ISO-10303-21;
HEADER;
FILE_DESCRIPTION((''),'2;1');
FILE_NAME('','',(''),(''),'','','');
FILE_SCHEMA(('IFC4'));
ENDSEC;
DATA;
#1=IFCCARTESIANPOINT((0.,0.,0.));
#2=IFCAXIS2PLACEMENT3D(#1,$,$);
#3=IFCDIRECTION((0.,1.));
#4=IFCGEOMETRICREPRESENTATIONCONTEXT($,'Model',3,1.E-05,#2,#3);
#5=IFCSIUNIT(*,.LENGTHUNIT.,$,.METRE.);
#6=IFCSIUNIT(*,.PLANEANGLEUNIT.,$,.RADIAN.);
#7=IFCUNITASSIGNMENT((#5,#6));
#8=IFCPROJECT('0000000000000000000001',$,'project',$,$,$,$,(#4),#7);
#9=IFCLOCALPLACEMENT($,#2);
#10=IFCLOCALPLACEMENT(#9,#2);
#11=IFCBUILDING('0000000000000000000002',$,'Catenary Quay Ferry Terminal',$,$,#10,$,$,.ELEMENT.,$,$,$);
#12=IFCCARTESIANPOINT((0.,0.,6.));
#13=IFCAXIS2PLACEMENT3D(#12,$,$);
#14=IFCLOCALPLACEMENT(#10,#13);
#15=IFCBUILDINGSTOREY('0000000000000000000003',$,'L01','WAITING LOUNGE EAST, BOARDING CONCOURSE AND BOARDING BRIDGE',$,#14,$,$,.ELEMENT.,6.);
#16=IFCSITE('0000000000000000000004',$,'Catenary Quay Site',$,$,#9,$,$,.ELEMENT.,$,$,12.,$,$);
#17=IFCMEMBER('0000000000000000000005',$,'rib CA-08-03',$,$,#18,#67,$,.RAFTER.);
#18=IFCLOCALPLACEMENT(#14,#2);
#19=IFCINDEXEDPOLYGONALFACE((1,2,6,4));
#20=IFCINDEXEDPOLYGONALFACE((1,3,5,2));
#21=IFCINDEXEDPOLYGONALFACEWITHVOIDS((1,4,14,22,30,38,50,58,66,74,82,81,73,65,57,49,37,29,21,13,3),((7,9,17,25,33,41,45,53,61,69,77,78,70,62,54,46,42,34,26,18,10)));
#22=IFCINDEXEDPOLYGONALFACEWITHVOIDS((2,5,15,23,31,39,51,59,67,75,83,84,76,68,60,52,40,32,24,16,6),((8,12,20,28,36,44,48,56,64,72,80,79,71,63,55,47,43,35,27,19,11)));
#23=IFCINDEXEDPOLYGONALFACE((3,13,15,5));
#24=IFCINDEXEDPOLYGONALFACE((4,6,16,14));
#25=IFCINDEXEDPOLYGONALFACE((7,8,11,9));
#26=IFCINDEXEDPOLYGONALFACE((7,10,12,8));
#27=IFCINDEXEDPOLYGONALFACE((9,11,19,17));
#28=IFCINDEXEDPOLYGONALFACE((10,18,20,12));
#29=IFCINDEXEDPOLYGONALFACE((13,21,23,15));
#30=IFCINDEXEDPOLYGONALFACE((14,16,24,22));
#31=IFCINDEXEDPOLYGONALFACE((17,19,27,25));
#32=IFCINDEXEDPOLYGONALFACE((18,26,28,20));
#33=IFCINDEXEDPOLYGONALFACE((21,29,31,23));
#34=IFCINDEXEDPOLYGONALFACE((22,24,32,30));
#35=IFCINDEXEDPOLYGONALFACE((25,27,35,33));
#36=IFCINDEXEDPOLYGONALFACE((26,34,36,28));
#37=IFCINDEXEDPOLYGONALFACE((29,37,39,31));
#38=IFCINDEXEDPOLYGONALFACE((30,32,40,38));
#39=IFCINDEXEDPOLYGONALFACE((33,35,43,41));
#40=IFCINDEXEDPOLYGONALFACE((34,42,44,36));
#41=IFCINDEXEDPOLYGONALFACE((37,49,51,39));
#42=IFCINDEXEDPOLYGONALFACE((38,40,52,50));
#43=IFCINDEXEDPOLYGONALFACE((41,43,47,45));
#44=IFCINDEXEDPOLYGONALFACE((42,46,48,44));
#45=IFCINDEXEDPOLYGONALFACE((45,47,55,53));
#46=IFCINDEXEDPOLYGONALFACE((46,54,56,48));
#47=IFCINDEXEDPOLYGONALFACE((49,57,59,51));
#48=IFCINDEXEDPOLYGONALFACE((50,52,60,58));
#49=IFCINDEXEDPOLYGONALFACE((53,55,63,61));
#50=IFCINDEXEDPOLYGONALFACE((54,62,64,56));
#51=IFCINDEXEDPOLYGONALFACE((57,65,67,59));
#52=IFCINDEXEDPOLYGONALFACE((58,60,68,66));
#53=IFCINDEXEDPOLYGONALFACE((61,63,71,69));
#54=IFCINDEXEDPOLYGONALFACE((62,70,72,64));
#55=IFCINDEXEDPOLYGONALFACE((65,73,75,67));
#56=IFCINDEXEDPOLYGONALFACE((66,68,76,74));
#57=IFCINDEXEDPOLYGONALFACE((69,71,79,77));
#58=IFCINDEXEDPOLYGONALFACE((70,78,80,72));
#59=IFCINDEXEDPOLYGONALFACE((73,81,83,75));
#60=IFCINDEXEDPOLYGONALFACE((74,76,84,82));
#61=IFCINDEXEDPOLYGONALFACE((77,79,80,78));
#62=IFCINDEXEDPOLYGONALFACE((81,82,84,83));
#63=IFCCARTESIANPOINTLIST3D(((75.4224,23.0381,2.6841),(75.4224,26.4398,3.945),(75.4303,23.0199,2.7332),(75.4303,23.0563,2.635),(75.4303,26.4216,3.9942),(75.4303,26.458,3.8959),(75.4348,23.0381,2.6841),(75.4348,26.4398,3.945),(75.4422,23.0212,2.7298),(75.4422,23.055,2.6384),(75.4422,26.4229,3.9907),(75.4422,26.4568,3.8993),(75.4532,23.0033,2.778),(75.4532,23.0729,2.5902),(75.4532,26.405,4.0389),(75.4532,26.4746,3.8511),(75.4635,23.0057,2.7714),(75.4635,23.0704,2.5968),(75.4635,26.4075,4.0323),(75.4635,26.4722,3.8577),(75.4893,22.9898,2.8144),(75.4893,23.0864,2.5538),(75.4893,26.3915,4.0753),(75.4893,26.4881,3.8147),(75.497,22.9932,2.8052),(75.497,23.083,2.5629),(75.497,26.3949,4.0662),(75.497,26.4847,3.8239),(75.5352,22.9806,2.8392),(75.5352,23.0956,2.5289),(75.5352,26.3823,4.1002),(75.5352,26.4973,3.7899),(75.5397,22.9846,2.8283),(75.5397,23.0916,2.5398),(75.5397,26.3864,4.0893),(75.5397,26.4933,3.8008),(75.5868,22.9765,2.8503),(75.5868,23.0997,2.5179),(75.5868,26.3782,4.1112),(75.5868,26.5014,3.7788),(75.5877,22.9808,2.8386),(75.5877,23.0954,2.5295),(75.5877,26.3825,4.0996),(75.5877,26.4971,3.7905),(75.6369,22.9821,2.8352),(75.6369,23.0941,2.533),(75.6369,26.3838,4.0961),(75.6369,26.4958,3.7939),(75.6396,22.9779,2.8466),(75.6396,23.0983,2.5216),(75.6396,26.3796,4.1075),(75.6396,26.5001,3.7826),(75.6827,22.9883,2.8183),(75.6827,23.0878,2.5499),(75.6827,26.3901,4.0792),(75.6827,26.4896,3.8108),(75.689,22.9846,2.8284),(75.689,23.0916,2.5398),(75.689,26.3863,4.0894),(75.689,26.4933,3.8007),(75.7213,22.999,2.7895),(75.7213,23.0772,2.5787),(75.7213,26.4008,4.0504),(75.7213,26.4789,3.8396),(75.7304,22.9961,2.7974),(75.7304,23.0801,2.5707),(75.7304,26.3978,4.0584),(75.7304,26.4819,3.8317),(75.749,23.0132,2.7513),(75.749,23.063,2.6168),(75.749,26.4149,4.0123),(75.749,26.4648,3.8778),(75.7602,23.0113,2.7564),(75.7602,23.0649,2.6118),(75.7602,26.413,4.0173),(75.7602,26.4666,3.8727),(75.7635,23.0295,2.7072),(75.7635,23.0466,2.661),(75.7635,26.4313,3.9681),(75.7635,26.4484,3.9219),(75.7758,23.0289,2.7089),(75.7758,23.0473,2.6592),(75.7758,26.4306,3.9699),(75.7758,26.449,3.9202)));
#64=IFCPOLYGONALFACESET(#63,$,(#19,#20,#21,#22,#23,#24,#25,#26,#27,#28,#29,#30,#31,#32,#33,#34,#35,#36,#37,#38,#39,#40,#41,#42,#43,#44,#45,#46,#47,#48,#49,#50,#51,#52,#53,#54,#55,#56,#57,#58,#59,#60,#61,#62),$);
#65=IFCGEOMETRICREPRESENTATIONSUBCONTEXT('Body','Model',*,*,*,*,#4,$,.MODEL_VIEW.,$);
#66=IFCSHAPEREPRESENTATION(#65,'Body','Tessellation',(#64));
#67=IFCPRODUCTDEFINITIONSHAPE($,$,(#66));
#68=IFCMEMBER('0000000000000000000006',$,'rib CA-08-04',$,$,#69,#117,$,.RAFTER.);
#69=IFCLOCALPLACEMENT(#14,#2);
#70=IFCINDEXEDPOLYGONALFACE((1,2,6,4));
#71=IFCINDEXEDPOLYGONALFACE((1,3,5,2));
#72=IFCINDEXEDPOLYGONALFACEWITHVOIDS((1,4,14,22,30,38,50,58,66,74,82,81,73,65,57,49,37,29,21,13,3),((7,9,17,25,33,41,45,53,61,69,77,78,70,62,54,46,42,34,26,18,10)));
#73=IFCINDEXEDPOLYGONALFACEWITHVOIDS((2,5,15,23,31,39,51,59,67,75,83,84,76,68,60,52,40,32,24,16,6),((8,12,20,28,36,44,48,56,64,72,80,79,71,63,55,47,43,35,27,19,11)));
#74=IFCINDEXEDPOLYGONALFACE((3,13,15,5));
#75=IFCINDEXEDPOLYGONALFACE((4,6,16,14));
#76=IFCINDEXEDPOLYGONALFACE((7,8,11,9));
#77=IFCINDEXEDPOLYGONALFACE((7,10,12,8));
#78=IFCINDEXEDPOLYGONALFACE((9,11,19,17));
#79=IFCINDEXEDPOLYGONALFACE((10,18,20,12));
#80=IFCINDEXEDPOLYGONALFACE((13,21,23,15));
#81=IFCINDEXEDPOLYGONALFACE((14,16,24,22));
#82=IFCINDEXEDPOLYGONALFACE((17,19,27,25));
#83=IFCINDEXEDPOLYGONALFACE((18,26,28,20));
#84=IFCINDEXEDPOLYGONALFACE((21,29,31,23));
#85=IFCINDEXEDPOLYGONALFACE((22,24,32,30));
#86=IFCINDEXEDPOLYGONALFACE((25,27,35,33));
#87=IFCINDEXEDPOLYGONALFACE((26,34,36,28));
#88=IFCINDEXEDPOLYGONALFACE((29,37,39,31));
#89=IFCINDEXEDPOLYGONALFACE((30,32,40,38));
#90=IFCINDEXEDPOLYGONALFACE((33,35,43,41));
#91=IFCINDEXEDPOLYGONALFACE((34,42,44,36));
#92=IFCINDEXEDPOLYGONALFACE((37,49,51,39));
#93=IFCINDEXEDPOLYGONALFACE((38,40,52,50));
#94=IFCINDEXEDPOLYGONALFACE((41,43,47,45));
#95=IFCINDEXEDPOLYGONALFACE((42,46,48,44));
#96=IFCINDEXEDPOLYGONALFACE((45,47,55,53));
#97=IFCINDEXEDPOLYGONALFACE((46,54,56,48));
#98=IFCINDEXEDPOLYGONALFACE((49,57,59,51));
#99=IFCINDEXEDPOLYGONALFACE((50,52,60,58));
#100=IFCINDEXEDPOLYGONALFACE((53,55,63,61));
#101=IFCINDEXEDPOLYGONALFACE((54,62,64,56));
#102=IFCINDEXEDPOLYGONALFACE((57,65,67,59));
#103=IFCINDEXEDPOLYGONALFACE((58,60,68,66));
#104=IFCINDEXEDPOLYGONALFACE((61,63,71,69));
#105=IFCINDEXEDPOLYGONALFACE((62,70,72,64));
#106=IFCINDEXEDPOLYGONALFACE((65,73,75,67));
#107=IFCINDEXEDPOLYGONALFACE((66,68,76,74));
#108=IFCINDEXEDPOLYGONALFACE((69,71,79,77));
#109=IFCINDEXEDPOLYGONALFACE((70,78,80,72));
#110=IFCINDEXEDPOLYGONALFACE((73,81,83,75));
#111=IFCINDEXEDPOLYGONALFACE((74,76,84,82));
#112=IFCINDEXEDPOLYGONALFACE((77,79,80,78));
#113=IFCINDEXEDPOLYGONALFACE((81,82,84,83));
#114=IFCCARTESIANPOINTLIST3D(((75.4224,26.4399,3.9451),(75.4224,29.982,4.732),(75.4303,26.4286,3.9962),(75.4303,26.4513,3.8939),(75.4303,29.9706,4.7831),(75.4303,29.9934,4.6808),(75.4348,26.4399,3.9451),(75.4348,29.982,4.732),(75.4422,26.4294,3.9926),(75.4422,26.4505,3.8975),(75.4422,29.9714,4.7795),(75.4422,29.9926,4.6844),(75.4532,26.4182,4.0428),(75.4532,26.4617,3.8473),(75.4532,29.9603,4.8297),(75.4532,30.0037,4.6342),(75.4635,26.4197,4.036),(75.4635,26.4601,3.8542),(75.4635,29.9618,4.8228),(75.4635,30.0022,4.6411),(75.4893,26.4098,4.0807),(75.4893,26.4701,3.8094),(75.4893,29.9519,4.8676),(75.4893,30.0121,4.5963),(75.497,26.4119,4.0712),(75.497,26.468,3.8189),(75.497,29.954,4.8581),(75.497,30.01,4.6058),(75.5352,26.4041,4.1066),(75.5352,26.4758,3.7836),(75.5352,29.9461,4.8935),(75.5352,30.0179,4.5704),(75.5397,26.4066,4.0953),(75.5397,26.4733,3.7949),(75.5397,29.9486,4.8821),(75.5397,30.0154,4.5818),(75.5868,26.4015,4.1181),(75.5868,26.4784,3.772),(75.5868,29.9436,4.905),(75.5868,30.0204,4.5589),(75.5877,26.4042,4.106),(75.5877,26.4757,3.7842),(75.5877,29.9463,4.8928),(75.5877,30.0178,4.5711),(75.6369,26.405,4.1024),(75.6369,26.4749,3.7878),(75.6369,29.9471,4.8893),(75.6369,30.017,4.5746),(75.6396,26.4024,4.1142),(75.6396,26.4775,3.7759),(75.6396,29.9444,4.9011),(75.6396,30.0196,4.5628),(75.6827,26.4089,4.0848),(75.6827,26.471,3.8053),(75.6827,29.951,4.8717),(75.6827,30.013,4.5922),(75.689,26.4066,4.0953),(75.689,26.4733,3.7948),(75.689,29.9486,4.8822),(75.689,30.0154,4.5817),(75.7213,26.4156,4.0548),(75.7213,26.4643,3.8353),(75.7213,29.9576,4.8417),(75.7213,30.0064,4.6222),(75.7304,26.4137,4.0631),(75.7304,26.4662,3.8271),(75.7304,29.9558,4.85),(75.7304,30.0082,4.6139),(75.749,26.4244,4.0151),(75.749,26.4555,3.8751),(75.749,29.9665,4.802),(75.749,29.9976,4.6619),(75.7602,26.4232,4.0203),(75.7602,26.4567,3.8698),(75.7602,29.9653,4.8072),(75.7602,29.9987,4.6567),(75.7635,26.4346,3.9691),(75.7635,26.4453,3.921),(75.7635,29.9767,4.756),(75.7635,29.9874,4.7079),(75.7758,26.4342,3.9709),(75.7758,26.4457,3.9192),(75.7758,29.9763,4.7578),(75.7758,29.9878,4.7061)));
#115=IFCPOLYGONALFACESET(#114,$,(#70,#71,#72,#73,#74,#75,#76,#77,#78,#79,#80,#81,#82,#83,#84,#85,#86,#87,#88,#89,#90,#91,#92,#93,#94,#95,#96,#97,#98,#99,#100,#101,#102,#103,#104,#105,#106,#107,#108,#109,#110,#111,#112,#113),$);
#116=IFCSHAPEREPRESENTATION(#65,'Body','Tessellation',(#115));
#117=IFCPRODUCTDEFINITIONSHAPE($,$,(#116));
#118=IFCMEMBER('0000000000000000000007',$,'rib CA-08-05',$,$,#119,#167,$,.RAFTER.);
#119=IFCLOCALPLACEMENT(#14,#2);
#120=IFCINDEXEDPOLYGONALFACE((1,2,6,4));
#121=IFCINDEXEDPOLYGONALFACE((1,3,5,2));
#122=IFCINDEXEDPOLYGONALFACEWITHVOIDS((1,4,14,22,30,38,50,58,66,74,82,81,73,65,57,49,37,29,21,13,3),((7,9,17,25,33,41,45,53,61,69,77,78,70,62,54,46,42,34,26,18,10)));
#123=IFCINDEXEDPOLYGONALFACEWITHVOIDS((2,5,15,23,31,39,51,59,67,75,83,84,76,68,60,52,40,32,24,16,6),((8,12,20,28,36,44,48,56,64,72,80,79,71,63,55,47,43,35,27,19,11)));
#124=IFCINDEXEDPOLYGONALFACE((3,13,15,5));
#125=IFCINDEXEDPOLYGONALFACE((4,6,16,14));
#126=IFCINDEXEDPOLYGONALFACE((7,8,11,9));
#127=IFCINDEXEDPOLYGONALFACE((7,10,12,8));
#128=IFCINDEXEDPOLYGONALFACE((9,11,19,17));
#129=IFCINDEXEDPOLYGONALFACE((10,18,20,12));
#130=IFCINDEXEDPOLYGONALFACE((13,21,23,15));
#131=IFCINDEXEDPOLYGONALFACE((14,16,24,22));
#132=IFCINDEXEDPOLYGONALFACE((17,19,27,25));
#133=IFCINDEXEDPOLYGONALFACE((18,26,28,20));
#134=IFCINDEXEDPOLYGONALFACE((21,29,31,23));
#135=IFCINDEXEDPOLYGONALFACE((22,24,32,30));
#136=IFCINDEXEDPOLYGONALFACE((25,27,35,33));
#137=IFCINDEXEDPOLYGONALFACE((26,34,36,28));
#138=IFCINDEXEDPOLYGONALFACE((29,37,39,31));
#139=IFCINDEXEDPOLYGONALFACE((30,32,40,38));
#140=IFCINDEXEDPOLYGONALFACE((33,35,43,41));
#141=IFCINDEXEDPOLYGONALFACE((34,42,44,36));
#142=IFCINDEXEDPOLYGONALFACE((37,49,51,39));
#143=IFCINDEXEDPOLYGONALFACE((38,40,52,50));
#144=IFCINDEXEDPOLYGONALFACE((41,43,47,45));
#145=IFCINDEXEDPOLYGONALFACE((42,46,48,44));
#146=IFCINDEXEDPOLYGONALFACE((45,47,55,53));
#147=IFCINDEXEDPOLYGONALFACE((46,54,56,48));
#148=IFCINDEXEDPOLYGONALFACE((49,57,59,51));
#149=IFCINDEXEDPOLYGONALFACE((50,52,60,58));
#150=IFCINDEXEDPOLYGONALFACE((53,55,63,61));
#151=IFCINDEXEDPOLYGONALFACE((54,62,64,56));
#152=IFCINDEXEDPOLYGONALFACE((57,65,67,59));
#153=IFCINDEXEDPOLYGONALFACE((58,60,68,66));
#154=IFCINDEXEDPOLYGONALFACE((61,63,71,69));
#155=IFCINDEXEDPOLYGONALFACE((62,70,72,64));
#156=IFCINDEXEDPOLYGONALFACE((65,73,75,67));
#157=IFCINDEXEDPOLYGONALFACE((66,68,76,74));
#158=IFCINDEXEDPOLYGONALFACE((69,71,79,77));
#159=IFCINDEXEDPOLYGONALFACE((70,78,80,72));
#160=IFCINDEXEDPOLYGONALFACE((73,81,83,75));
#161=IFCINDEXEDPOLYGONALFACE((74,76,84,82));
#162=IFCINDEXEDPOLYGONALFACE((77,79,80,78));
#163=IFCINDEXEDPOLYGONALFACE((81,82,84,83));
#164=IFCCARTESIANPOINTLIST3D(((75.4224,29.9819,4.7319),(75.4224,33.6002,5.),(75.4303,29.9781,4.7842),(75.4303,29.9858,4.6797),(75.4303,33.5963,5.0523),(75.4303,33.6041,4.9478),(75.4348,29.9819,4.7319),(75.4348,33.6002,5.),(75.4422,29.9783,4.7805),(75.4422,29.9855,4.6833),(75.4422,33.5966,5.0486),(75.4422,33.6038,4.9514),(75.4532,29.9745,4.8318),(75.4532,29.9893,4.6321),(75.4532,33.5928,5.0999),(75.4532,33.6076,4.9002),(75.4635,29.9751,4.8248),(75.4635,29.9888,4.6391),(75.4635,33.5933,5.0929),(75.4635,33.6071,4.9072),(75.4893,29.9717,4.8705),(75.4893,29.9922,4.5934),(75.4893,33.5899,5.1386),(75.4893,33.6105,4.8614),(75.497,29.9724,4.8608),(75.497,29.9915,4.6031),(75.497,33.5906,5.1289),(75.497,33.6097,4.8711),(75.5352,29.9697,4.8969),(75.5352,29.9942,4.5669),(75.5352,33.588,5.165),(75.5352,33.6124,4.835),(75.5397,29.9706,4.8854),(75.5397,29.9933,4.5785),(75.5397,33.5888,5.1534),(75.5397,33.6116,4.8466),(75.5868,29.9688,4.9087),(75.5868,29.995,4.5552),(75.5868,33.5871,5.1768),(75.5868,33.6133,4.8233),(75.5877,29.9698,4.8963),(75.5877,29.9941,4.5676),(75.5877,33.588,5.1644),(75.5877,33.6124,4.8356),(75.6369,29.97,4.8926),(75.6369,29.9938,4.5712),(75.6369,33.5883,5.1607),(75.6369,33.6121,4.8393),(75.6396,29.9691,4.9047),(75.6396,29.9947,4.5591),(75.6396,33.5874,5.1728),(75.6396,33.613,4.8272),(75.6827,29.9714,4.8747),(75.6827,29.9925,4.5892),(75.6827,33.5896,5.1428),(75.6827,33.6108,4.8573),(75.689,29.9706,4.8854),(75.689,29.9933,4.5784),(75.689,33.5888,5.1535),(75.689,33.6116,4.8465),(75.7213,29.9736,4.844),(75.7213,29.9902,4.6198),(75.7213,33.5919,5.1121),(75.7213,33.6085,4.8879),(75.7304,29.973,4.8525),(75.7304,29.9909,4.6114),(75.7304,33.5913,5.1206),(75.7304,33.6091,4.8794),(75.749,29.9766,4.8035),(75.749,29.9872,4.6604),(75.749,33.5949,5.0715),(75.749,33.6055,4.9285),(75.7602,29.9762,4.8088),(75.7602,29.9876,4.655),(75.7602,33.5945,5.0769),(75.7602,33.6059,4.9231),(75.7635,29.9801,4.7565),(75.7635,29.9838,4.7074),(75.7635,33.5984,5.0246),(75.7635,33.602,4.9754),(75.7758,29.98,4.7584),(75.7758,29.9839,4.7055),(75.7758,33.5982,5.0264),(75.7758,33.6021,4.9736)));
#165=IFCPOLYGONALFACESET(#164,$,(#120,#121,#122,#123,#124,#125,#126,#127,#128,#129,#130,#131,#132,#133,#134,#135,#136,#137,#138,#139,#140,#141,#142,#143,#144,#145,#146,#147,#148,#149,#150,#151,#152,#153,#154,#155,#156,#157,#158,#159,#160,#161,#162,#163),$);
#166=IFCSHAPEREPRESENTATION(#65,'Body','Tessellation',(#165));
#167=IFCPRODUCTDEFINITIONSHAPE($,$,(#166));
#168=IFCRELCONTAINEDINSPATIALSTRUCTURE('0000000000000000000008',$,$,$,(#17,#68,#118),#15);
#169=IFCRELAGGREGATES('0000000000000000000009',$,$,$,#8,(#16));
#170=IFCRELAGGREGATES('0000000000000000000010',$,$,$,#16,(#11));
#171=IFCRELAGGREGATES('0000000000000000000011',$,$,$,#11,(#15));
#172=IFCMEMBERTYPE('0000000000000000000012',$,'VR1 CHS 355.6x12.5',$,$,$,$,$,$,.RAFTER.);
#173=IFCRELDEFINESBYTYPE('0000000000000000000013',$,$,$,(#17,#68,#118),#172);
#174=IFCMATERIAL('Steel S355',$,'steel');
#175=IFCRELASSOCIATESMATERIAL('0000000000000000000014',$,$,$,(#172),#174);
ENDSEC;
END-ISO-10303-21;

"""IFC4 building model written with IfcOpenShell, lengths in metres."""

from ifc_helpers import new_model, si_unit, direction, frame, origin, origin_2d, place, context, subcontext, project, spatial, hollow_circle, extrude, material, material_profile, profile_set, type_object, element, save


model = new_model("IFC4")

# Units and contexts
model_context = context("Model", 3, precision=1e-05, world=origin(), true_north=direction((0.0, 1.0)))
body_context = subcontext(model_context, "Body", "Model", "MODEL_VIEW")
ifc_project = project(units=[si_unit("LENGTHUNIT", "METRE"), si_unit("PLANEANGLEUNIT", "RADIAN")], contexts=[model_context])

# Site, building, storey
site_placement = place(None, origin())
site = spatial("IfcSite", under=ifc_project, at=site_placement, Name="Catenary Quay Site", CompositionType="ELEMENT", RefElevation=12.0)
building_placement = place(site_placement, origin())
building = spatial("IfcBuilding", under=site, at=building_placement, Name="Catenary Quay Ferry Terminal", CompositionType="ELEMENT")
storey_placement = place(building_placement, frame((0.0, 0.0, 6.0)))
storey = spatial("IfcBuildingStorey", under=building, at=storey_placement, Name="L01", Description="WAITING LOUNGE EAST, BOARDING CONCOURSE AND BOARDING BRIDGE", CompositionType="ELEMENT", Elevation=6.0)

# Members
ifc_material_1 = material(Name="Steel S355", Category="steel")
ifc_material_profile_1 = material_profile(ifc_material_1, hollow_circle(Radius=0.1777, WallThickness=0.0125, at=origin_2d()), Name="CHS 355.6x12.5")
ifc_profile_set_1 = profile_set([ifc_material_profile_1], Name="Steel S355")
member_type_1 = type_object("IfcMemberType", Name="VR1 CHS 355.6x12.5", PredefinedType="RAFTER", material=ifc_profile_set_1)
member_1_placement = place(storey_placement, frame((75.6001, 23.0381, 2.6841), z_axis=(0.0, 0.937655, 0.347566), x_axis=(-1.0, 0.0, 0.0)))
element("IfcMember", 1, at=member_1_placement, inside=storey, type_object=member_type_1, Name="rib CA-08-03", PredefinedType="RAFTER", context=body_context, shape_type="SweptSolid", body=[
    extrude(hollow_circle(Radius=0.1777, WallThickness=0.0125, at=origin_2d()), origin(), (0.0, 0.0, 1.0), 3.6279),
])
member_2_placement = place(storey_placement, frame((75.6001, 26.4399, 3.9451), z_axis=(0.0, 0.976201, 0.216866), x_axis=(-1.0, 0.0, 0.0)))
element("IfcMember", 2, at=member_2_placement, inside=storey, type_object=member_type_1, Name="rib CA-08-04", PredefinedType="RAFTER", context=body_context, shape_type="SweptSolid", body=[
    extrude(hollow_circle(Radius=0.1777, WallThickness=0.0125, at=origin_2d()), origin(), (0.0, 0.0, 1.0), 3.6284),
])
member_3_placement = place(storey_placement, frame((75.6001, 29.9819, 4.7319), z_axis=(0.0, 0.997267, 0.073887), x_axis=(-1.0, 0.0, 0.0)))
element("IfcMember", 3, at=member_3_placement, inside=storey, type_object=member_type_1, Name="rib CA-08-05", PredefinedType="RAFTER", context=body_context, shape_type="SweptSolid", body=[
    extrude(hollow_circle(Radius=0.1777, WallThickness=0.0125, at=origin_2d()), origin(), (0.0, 0.0, 1.0), 3.6282),
])

save(model, "model.ifc")
